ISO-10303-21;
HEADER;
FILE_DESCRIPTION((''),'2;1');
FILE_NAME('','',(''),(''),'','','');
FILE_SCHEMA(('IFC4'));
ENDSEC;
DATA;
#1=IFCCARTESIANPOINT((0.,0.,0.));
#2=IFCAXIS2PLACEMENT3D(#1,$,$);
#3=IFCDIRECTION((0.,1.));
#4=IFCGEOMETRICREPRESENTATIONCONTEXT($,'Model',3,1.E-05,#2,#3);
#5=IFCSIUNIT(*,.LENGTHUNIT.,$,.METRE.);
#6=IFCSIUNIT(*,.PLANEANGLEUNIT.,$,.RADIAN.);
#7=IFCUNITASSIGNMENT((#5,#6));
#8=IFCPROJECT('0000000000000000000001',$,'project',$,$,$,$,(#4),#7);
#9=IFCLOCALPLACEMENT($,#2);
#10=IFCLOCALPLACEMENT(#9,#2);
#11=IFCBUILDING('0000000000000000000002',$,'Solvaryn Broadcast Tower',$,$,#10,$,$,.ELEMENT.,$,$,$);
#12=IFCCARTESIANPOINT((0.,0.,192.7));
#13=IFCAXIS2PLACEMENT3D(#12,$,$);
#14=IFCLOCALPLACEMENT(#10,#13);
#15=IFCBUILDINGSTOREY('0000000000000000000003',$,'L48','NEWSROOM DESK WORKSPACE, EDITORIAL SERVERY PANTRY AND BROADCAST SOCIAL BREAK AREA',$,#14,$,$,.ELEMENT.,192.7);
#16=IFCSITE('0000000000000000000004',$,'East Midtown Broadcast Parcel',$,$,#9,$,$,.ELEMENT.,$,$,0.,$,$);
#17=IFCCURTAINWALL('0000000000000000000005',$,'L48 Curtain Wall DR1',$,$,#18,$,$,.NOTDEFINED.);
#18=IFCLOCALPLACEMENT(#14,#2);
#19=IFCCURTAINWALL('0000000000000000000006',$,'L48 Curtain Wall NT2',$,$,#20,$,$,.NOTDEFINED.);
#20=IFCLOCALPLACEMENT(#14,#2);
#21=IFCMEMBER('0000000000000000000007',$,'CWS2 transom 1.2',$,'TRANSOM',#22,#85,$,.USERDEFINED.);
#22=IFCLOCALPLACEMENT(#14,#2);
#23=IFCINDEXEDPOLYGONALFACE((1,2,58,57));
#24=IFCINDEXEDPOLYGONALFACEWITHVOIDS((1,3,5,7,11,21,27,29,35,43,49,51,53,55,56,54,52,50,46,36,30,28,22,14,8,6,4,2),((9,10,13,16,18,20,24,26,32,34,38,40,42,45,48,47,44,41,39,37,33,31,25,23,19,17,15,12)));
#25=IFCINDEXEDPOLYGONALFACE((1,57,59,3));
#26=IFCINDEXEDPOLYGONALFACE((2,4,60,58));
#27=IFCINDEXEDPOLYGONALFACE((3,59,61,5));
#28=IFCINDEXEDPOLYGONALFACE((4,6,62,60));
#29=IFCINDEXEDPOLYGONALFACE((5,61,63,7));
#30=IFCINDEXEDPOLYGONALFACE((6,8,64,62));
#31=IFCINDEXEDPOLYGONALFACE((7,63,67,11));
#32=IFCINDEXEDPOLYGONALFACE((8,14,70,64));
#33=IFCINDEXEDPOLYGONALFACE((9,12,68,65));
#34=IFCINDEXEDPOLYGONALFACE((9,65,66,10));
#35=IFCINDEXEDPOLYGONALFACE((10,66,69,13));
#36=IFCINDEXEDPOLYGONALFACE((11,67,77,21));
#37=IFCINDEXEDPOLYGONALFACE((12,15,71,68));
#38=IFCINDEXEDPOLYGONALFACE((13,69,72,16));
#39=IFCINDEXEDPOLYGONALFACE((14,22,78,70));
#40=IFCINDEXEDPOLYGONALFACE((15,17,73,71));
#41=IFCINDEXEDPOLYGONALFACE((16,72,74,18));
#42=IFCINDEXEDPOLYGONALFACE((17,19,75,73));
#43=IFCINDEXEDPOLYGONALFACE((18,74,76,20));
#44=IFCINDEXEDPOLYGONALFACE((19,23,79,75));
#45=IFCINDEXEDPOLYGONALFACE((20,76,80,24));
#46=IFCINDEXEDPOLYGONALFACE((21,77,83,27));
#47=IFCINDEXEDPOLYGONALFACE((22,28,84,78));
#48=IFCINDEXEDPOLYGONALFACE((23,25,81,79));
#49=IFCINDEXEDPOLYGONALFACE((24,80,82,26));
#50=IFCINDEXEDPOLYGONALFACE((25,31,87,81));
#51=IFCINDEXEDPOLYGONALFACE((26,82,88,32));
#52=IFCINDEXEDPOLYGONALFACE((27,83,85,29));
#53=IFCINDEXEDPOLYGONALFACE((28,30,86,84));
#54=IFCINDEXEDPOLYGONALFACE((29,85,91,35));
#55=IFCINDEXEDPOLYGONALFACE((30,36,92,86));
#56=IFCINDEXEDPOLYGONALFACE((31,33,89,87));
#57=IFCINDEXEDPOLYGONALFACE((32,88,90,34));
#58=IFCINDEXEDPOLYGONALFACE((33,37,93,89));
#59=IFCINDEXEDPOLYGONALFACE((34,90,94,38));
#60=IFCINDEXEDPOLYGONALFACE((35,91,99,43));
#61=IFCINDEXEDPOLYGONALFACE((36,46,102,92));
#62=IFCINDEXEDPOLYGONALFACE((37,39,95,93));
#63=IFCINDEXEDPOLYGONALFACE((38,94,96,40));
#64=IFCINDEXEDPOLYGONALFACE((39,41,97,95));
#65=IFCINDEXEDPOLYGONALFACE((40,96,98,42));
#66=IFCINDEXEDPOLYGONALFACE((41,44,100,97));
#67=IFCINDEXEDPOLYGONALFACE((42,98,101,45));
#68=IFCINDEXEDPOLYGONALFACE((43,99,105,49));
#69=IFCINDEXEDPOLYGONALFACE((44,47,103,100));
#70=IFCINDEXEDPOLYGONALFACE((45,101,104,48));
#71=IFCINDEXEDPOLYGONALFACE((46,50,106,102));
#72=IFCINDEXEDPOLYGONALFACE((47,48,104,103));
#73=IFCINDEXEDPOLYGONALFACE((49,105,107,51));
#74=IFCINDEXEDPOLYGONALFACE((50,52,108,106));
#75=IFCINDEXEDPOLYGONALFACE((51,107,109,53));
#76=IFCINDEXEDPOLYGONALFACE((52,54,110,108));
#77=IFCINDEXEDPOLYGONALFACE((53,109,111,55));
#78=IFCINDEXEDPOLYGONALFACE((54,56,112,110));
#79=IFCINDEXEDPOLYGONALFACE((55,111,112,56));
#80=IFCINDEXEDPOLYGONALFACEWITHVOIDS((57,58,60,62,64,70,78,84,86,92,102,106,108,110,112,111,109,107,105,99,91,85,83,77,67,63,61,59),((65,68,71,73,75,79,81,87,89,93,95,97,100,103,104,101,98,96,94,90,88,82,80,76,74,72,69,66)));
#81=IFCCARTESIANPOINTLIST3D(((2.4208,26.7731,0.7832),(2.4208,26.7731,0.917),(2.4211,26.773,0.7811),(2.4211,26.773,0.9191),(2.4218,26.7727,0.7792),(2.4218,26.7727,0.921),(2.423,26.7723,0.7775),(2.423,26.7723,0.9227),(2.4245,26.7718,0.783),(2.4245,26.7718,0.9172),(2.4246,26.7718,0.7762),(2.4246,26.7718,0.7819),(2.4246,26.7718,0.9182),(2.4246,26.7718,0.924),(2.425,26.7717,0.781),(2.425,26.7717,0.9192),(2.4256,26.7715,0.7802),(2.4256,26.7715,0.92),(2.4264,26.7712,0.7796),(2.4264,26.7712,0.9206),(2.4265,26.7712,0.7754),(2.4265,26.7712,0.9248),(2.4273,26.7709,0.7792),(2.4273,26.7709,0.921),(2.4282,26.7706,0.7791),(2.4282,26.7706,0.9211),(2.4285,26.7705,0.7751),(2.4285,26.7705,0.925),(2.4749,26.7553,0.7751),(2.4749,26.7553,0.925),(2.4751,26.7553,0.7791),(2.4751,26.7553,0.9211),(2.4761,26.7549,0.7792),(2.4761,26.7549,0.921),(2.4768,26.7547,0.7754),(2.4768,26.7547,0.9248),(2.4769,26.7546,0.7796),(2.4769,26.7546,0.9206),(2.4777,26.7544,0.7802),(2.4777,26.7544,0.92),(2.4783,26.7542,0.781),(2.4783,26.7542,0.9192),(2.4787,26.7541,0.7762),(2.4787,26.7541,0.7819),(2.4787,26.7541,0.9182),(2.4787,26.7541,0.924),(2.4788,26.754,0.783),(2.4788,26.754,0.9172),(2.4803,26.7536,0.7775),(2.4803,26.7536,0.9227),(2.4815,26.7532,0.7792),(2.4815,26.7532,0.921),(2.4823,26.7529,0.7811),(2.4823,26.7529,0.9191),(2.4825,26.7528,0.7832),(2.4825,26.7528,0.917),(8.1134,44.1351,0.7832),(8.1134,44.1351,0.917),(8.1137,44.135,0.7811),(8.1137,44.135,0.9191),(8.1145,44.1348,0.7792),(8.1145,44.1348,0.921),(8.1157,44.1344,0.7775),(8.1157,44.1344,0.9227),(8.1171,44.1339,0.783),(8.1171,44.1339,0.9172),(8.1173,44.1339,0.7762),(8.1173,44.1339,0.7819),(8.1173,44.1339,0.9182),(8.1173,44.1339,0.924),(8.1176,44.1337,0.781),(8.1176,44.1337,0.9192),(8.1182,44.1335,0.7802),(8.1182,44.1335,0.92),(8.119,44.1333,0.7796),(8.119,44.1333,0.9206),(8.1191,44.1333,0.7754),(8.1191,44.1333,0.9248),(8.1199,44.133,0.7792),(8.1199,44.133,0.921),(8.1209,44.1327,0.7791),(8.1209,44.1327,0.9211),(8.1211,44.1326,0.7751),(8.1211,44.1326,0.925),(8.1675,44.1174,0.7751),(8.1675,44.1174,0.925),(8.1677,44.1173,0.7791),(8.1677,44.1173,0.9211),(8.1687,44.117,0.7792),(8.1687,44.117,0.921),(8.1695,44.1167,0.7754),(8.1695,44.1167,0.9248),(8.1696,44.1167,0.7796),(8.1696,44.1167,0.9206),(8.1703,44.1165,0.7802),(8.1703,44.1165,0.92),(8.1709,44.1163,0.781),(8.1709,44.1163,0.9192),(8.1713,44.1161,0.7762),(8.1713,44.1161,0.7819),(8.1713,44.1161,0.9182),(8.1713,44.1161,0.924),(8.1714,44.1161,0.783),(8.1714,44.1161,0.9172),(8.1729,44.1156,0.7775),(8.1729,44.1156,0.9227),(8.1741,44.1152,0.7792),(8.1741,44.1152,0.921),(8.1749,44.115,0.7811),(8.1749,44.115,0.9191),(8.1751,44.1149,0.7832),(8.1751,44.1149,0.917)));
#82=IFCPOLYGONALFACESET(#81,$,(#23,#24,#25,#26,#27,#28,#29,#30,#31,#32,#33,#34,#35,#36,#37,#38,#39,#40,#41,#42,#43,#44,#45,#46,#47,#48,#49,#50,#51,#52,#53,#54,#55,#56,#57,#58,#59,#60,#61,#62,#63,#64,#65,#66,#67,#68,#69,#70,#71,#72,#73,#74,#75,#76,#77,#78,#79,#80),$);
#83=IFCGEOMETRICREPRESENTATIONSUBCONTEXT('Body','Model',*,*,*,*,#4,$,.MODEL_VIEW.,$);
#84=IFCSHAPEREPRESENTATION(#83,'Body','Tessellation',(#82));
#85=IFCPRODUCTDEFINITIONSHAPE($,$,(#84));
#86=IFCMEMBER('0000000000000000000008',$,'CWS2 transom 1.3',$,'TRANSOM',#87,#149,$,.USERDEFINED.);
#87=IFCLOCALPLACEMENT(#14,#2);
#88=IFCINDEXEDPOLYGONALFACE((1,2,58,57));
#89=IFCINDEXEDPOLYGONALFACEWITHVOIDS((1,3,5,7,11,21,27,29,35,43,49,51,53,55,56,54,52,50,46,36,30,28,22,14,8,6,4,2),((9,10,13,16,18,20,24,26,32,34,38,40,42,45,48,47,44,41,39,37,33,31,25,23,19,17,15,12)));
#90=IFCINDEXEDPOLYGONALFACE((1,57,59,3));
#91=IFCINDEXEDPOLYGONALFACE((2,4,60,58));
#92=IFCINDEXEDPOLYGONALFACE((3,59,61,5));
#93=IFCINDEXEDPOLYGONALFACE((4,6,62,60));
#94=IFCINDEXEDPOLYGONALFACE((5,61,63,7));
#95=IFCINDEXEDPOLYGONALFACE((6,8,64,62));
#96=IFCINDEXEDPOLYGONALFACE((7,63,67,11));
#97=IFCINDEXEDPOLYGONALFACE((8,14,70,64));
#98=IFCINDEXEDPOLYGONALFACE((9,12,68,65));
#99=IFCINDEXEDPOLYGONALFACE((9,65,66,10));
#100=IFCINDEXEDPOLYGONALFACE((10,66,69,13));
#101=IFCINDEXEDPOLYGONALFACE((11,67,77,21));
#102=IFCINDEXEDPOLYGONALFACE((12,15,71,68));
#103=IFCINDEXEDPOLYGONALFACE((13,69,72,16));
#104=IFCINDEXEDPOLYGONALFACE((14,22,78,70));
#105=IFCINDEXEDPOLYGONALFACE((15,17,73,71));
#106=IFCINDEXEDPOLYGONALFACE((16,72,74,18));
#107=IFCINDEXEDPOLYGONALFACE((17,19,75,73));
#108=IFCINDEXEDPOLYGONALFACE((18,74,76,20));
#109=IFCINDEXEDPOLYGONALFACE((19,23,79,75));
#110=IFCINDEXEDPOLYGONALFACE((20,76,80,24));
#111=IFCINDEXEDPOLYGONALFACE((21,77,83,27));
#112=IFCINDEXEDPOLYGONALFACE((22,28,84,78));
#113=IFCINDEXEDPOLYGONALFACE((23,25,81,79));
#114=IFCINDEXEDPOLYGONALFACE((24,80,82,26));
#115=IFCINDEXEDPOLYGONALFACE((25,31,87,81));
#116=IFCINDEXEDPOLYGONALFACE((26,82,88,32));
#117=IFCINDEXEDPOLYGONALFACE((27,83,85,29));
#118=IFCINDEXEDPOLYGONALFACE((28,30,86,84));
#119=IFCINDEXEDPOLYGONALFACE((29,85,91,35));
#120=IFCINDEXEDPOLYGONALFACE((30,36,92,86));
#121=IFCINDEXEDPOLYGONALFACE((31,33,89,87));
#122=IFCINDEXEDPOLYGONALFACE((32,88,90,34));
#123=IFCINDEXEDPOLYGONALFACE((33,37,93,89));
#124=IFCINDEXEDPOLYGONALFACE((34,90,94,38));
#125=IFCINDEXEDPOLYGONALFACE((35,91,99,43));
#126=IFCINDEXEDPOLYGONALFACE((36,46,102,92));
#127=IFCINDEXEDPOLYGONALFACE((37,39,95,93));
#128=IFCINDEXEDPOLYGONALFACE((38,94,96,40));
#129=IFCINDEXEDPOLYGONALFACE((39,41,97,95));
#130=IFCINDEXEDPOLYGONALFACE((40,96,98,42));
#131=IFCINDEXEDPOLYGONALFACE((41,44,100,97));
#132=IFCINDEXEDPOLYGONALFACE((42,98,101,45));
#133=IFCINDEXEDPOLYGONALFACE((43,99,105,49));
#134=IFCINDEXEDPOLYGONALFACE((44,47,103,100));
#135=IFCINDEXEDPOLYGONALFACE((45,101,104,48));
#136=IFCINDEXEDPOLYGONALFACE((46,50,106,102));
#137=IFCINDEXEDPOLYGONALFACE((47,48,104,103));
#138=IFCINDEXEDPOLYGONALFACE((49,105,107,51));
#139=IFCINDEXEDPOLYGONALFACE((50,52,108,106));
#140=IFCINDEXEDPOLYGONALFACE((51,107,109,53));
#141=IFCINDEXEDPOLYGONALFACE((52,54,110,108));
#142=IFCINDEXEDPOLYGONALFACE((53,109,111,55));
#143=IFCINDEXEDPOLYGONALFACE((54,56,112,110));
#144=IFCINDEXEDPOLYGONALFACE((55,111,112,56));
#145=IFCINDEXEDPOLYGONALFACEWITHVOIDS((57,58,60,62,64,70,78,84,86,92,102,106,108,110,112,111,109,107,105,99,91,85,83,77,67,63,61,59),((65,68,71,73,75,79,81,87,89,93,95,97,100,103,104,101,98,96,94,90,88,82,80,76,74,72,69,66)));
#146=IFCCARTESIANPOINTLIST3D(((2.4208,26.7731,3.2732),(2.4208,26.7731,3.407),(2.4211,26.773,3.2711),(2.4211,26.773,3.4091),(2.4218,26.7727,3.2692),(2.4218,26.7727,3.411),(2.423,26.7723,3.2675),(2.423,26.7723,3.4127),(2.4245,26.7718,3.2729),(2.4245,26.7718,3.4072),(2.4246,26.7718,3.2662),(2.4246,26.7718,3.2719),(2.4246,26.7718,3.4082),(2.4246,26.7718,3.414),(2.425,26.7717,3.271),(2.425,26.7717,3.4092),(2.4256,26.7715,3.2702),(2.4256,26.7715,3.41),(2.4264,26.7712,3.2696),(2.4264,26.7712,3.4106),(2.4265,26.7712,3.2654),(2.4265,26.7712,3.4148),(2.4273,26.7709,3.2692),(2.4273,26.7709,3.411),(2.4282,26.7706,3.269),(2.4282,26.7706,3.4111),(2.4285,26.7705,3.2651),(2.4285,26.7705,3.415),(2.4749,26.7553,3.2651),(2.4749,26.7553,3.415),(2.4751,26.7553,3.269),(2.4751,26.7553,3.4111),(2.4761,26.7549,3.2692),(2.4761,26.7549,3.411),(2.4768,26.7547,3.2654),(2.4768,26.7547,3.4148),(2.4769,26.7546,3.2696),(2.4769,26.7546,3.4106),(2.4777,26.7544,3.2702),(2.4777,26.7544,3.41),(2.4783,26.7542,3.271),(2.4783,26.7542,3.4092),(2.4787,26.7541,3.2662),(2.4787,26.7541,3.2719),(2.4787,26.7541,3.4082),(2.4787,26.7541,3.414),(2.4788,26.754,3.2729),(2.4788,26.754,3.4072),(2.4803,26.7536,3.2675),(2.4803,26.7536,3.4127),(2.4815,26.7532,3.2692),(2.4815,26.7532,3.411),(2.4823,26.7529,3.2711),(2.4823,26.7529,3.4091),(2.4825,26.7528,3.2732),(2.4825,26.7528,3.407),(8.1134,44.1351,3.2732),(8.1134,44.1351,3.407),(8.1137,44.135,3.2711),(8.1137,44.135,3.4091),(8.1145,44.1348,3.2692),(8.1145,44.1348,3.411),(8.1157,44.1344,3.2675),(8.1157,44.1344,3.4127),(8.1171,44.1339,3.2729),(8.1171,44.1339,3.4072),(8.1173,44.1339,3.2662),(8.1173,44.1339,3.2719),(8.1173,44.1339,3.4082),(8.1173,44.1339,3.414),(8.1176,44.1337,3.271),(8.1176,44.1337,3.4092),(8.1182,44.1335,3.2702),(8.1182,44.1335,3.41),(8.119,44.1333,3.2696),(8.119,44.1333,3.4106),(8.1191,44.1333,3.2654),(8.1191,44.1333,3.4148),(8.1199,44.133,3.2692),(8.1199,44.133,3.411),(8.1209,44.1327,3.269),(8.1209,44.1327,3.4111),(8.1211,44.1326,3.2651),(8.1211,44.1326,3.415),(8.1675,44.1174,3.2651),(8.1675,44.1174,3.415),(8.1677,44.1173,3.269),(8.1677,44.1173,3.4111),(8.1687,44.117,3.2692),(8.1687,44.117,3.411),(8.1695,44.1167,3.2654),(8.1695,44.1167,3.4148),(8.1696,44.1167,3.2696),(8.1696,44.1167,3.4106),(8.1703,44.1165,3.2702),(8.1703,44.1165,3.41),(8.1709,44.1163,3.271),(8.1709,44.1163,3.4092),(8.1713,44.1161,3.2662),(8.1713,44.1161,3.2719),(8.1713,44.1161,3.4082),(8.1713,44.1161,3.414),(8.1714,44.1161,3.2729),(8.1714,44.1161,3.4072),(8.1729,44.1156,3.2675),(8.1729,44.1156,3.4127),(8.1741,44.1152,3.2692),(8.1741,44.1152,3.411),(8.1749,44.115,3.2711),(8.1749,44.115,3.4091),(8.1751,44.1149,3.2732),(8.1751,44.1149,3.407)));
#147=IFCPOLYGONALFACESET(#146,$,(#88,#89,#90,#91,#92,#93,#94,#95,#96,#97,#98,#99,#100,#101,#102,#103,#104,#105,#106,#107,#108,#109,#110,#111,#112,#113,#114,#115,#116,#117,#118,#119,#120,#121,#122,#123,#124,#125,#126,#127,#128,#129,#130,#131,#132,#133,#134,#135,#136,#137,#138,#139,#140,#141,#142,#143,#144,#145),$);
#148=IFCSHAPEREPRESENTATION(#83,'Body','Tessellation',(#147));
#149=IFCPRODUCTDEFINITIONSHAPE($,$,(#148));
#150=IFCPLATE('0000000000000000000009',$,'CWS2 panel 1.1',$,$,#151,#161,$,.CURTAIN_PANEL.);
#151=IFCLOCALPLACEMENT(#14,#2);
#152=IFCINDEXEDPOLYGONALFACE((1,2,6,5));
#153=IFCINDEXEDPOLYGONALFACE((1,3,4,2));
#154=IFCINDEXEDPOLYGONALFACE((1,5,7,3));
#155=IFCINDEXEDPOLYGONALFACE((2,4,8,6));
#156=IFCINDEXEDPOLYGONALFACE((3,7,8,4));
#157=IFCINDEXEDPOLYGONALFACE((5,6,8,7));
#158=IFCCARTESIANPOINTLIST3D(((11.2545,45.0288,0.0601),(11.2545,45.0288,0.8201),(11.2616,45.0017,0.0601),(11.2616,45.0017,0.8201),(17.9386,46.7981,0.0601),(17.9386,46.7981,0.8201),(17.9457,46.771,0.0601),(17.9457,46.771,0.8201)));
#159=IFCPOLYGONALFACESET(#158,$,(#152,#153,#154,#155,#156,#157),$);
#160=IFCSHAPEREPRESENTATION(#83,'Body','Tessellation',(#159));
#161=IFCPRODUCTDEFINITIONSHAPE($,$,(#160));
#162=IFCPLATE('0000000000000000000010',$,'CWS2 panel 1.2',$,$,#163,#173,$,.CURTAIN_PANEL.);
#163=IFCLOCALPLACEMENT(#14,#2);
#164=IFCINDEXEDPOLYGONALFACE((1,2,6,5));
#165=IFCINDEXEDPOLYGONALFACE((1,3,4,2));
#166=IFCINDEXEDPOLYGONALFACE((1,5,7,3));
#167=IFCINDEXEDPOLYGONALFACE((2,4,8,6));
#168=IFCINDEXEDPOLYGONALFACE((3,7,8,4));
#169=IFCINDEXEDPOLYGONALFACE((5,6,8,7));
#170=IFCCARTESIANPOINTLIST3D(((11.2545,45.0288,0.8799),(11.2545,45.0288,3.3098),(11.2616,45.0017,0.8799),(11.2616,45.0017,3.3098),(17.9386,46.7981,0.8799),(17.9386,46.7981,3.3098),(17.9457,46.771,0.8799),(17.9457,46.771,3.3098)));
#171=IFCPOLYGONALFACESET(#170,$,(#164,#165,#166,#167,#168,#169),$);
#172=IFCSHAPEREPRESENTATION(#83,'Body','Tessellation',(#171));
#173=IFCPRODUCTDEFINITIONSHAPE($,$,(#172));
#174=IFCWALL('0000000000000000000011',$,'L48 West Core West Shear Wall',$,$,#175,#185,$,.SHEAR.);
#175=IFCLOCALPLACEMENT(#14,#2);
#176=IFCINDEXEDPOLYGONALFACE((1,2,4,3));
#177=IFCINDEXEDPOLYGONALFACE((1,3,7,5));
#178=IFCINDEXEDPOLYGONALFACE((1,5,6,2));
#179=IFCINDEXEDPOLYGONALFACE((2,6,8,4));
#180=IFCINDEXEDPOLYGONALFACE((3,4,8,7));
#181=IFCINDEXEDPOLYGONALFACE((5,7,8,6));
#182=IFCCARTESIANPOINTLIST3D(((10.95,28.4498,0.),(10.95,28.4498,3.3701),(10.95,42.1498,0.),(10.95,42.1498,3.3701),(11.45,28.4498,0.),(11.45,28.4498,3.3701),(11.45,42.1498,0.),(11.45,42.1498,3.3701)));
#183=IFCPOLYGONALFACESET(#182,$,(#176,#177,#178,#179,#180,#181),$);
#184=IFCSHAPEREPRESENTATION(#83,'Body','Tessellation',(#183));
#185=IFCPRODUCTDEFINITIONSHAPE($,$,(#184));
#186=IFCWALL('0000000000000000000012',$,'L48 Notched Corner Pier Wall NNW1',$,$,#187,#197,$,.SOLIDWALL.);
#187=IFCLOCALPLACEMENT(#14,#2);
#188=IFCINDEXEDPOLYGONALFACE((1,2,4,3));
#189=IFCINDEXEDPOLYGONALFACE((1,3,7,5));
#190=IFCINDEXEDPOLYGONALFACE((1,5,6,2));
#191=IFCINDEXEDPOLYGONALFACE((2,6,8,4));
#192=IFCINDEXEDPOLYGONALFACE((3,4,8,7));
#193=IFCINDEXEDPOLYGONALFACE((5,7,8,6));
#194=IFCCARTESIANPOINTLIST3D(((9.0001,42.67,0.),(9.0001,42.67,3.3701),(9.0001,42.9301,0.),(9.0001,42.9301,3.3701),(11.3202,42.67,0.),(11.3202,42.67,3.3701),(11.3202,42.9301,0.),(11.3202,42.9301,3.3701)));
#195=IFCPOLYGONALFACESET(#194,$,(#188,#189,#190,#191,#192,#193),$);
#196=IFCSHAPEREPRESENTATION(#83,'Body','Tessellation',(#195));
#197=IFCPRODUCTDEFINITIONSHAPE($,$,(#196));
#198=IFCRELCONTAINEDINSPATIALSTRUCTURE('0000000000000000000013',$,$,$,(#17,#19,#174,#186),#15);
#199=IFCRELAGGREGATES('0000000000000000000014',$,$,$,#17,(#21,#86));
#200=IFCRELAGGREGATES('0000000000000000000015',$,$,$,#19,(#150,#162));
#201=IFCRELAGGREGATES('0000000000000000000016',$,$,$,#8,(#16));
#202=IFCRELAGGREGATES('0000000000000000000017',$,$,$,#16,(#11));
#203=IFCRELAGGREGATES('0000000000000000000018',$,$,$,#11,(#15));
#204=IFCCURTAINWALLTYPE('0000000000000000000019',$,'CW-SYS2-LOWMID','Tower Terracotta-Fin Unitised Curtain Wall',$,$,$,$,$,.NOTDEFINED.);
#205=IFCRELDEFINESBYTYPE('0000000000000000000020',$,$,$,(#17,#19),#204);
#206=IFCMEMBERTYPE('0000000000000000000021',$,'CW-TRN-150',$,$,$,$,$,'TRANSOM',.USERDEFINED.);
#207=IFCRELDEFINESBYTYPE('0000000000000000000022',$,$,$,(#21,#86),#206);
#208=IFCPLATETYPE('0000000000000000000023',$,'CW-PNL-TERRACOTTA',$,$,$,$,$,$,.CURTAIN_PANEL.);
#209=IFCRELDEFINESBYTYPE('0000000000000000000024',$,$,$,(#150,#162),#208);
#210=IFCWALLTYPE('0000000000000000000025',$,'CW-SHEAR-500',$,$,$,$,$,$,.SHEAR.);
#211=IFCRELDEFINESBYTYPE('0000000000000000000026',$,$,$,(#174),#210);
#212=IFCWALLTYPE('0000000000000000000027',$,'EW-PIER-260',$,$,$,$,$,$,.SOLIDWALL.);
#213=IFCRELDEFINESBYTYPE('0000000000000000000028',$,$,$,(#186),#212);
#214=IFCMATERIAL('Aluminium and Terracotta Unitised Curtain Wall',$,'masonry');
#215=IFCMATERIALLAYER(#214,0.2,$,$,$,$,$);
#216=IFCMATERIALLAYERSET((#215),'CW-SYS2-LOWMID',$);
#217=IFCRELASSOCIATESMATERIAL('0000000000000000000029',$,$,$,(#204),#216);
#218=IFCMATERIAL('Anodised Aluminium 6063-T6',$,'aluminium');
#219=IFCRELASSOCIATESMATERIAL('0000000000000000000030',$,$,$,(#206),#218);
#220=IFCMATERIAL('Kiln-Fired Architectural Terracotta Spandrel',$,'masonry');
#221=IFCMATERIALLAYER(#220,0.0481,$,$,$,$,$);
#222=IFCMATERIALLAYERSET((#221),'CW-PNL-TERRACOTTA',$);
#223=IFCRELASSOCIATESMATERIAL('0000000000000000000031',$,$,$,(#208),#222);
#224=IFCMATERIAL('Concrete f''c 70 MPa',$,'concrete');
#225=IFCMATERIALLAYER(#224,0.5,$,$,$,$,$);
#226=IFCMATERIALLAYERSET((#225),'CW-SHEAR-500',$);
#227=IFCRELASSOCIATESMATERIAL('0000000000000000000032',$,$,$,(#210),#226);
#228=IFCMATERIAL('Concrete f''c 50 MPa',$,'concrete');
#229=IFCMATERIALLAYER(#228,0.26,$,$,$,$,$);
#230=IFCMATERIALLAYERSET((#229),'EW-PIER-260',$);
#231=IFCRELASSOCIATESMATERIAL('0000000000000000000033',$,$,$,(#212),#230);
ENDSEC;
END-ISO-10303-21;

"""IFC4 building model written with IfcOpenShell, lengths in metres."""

from ifc_helpers import new_model, si_unit, direction, frame, frame_2d, origin, origin_2d, place, context, subcontext, project, spatial, rectangle, hollow_rectangle, extrude, material, layer, layer_set, material_profile, profile_set, type_object, element, aggregate, save


model = new_model("IFC4")

# Units and contexts
model_context = context("Model", 3, precision=1e-05, world=origin(), true_north=direction((0.0, 1.0)))
body_context = subcontext(model_context, "Body", "Model", "MODEL_VIEW")
ifc_project = project(units=[si_unit("LENGTHUNIT", "METRE"), si_unit("PLANEANGLEUNIT", "RADIAN")], contexts=[model_context])

# Site, building, storey
site_placement = place(None, origin())
site = spatial("IfcSite", under=ifc_project, at=site_placement, Name="East Midtown Broadcast Parcel", CompositionType="ELEMENT", RefElevation=0.0)
building_placement = place(site_placement, origin())
building = spatial("IfcBuilding", under=site, at=building_placement, Name="Solvaryn Broadcast Tower", CompositionType="ELEMENT")
storey_placement = place(building_placement, frame((0.0, 0.0, 192.7)))
storey = spatial("IfcBuildingStorey", under=building, at=storey_placement, Name="L48", Description="NEWSROOM DESK WORKSPACE, EDITORIAL SERVERY PANTRY AND BROADCAST SOCIAL BREAK AREA", CompositionType="ELEMENT", Elevation=192.7)

# Curtain walls
ifc_material_1 = material(Name="Aluminium and Terracotta Unitised Curtain Wall", Category="masonry")
ifc_layer_1 = layer(ifc_material_1, 0.2)
ifc_layer_set_1 = layer_set([ifc_layer_1], Name="CW-SYS2-LOWMID")
curtain_wall_type = type_object("IfcCurtainWallType", Name="CW-SYS2-LOWMID", Description="Tower Terracotta-Fin Unitised Curtain Wall", PredefinedType="NOTDEFINED", material=ifc_layer_set_1)
curtain_wall_1_placement = place(storey_placement, origin())
curtain_wall_1 = element("IfcCurtainWall", 1, at=curtain_wall_1_placement, inside=storey, type_object=curtain_wall_type, Name="L48 Curtain Wall DR1", PredefinedType="NOTDEFINED")
curtain_wall_2_placement = place(storey_placement, origin())
curtain_wall_2 = element("IfcCurtainWall", 2, at=curtain_wall_2_placement, inside=storey, type_object=curtain_wall_type, Name="L48 Curtain Wall NT2", PredefinedType="NOTDEFINED")

# Members
ifc_material_2 = material(Name="Anodised Aluminium 6063-T6", Category="aluminium")
ifc_material_profile_1 = material_profile(ifc_material_2, hollow_rectangle(XDim=0.0649, YDim=0.1499, WallThickness=0.0039, InnerFilletRadius=0.0039, OuterFilletRadius=0.0081, at=origin_2d()))
ifc_profile_set_1 = profile_set([ifc_material_profile_1], Name="Anodised Aluminium 6063-T6")
member_type_1 = type_object("IfcMemberType", Name="CW-TRN-150", ElementType="TRANSOM", PredefinedType="USERDEFINED", material=ifc_profile_set_1)
member_1_placement = place(storey_placement, frame((8.1443, 44.125, 0.8501), z_axis=(-0.311558, -0.950227, 0.0), x_axis=(0.950227, -0.311558, 0.0)))
member_1 = element("IfcMember", 3, at=member_1_placement, type_object=member_type_1, Name="CWS2 transom 1.2", ObjectType="TRANSOM", PredefinedType="USERDEFINED", context=body_context, shape_type="SweptSolid", body=[
    extrude(hollow_rectangle(XDim=0.0649, YDim=0.1499, WallThickness=0.0039, InnerFilletRadius=0.0039, OuterFilletRadius=0.0081, at=origin_2d()), origin(), (0.0, 0.0, 1.0), 18.2715),
])
member_2_placement = place(storey_placement, frame((8.1443, 44.125, 3.3401), z_axis=(-0.311558, -0.950227, 0.0), x_axis=(0.950227, -0.311558, 0.0)))
member_2 = element("IfcMember", 4, at=member_2_placement, type_object=member_type_1, Name="CWS2 transom 1.3", ObjectType="TRANSOM", PredefinedType="USERDEFINED", context=body_context, shape_type="SweptSolid", body=[
    extrude(hollow_rectangle(XDim=0.0649, YDim=0.1499, WallThickness=0.0039, InnerFilletRadius=0.0039, OuterFilletRadius=0.0081, at=origin_2d()), origin(), (0.0, 0.0, 1.0), 18.2715),
])
aggregate(curtain_wall_1, [member_1, member_2])

# Plates
ifc_material_3 = material(Name="Kiln-Fired Architectural Terracotta Spandrel", Category="masonry")
ifc_layer_2 = layer(ifc_material_3, 0.0481)
ifc_layer_set_2 = layer_set([ifc_layer_2], Name="CW-PNL-TERRACOTTA")
plate_type = type_object("IfcPlateType", Name="CW-PNL-TERRACOTTA", PredefinedType="CURTAIN_PANEL", material=ifc_layer_set_2)
plate_1_placement = place(storey_placement, frame((14.6001, 45.8999, 0.0601), z_axis=(0.0, 0.0, 1.0), x_axis=(-0.966705, -0.255893, 0.0)))
plate_1 = element("IfcPlate", 5, at=plate_1_placement, type_object=plate_type, Name="CWS2 panel 1.1", PredefinedType="CURTAIN_PANEL", context=body_context, shape_type="SweptSolid", body=[
    extrude(rectangle(XDim=6.9143, YDim=0.0281, at=origin_2d()), origin(), (0.0, 0.0, 1.0), 0.76),
])
plate_2_placement = place(storey_placement, frame((14.6001, 45.8999, 0.8799), z_axis=(0.0, 0.0, 1.0), x_axis=(-0.966705, -0.255893, 0.0)))
plate_2 = element("IfcPlate", 6, at=plate_2_placement, type_object=plate_type, Name="CWS2 panel 1.2", PredefinedType="CURTAIN_PANEL", context=body_context, shape_type="SweptSolid", body=[
    extrude(rectangle(XDim=6.9143, YDim=0.0281, at=origin_2d()), origin(), (0.0, 0.0, 1.0), 2.4299),
])
aggregate(curtain_wall_2, [plate_1, plate_2])

# Walls
ifc_material_4 = material(Name="Concrete f'c 70 MPa", Category="concrete")
ifc_layer_3 = layer(ifc_material_4, 0.5)
ifc_layer_set_3 = layer_set([ifc_layer_3], Name="CW-SHEAR-500")
wall_type_1 = type_object("IfcWallType", Name="CW-SHEAR-500", PredefinedType="SHEAR", material=ifc_layer_set_3)
wall_1_placement = place(storey_placement, frame((11.2, 42.1499, 0.0), z_axis=(0.0, 0.0, 1.0), x_axis=(0.0, -1.0, 0.0)))
element("IfcWall", 7, at=wall_1_placement, inside=storey, type_object=wall_type_1, Name="L48 West Core West Shear Wall", PredefinedType="SHEAR", context=body_context, shape_type="SweptSolid", body=[
    extrude(rectangle(XDim=13.7, YDim=0.5, at=frame_2d((6.8501, 0.0))), origin(), (0.0, 0.0, 1.0), 3.3701),
])
ifc_material_5 = material(Name="Concrete f'c 50 MPa", Category="concrete")
ifc_layer_4 = layer(ifc_material_5, 0.26)
ifc_layer_set_4 = layer_set([ifc_layer_4], Name="EW-PIER-260")
wall_type_2 = type_object("IfcWallType", Name="EW-PIER-260", PredefinedType="SOLIDWALL", material=ifc_layer_set_4)
wall_2_placement = place(storey_placement, frame((9.0, 42.8, 0.0), z_axis=(0.0, 0.0, 1.0), x_axis=(1.0, 0.0, 0.0)))
element("IfcWall", 8, at=wall_2_placement, inside=storey, type_object=wall_type_2, Name="L48 Notched Corner Pier Wall NNW1", PredefinedType="SOLIDWALL", context=body_context, shape_type="SweptSolid", body=[
    extrude(rectangle(XDim=2.3201, YDim=0.26, at=frame_2d((1.1602, 0.0))), origin(), (0.0, 0.0, 1.0), 3.3701),
])

save(model, "model.ifc")
